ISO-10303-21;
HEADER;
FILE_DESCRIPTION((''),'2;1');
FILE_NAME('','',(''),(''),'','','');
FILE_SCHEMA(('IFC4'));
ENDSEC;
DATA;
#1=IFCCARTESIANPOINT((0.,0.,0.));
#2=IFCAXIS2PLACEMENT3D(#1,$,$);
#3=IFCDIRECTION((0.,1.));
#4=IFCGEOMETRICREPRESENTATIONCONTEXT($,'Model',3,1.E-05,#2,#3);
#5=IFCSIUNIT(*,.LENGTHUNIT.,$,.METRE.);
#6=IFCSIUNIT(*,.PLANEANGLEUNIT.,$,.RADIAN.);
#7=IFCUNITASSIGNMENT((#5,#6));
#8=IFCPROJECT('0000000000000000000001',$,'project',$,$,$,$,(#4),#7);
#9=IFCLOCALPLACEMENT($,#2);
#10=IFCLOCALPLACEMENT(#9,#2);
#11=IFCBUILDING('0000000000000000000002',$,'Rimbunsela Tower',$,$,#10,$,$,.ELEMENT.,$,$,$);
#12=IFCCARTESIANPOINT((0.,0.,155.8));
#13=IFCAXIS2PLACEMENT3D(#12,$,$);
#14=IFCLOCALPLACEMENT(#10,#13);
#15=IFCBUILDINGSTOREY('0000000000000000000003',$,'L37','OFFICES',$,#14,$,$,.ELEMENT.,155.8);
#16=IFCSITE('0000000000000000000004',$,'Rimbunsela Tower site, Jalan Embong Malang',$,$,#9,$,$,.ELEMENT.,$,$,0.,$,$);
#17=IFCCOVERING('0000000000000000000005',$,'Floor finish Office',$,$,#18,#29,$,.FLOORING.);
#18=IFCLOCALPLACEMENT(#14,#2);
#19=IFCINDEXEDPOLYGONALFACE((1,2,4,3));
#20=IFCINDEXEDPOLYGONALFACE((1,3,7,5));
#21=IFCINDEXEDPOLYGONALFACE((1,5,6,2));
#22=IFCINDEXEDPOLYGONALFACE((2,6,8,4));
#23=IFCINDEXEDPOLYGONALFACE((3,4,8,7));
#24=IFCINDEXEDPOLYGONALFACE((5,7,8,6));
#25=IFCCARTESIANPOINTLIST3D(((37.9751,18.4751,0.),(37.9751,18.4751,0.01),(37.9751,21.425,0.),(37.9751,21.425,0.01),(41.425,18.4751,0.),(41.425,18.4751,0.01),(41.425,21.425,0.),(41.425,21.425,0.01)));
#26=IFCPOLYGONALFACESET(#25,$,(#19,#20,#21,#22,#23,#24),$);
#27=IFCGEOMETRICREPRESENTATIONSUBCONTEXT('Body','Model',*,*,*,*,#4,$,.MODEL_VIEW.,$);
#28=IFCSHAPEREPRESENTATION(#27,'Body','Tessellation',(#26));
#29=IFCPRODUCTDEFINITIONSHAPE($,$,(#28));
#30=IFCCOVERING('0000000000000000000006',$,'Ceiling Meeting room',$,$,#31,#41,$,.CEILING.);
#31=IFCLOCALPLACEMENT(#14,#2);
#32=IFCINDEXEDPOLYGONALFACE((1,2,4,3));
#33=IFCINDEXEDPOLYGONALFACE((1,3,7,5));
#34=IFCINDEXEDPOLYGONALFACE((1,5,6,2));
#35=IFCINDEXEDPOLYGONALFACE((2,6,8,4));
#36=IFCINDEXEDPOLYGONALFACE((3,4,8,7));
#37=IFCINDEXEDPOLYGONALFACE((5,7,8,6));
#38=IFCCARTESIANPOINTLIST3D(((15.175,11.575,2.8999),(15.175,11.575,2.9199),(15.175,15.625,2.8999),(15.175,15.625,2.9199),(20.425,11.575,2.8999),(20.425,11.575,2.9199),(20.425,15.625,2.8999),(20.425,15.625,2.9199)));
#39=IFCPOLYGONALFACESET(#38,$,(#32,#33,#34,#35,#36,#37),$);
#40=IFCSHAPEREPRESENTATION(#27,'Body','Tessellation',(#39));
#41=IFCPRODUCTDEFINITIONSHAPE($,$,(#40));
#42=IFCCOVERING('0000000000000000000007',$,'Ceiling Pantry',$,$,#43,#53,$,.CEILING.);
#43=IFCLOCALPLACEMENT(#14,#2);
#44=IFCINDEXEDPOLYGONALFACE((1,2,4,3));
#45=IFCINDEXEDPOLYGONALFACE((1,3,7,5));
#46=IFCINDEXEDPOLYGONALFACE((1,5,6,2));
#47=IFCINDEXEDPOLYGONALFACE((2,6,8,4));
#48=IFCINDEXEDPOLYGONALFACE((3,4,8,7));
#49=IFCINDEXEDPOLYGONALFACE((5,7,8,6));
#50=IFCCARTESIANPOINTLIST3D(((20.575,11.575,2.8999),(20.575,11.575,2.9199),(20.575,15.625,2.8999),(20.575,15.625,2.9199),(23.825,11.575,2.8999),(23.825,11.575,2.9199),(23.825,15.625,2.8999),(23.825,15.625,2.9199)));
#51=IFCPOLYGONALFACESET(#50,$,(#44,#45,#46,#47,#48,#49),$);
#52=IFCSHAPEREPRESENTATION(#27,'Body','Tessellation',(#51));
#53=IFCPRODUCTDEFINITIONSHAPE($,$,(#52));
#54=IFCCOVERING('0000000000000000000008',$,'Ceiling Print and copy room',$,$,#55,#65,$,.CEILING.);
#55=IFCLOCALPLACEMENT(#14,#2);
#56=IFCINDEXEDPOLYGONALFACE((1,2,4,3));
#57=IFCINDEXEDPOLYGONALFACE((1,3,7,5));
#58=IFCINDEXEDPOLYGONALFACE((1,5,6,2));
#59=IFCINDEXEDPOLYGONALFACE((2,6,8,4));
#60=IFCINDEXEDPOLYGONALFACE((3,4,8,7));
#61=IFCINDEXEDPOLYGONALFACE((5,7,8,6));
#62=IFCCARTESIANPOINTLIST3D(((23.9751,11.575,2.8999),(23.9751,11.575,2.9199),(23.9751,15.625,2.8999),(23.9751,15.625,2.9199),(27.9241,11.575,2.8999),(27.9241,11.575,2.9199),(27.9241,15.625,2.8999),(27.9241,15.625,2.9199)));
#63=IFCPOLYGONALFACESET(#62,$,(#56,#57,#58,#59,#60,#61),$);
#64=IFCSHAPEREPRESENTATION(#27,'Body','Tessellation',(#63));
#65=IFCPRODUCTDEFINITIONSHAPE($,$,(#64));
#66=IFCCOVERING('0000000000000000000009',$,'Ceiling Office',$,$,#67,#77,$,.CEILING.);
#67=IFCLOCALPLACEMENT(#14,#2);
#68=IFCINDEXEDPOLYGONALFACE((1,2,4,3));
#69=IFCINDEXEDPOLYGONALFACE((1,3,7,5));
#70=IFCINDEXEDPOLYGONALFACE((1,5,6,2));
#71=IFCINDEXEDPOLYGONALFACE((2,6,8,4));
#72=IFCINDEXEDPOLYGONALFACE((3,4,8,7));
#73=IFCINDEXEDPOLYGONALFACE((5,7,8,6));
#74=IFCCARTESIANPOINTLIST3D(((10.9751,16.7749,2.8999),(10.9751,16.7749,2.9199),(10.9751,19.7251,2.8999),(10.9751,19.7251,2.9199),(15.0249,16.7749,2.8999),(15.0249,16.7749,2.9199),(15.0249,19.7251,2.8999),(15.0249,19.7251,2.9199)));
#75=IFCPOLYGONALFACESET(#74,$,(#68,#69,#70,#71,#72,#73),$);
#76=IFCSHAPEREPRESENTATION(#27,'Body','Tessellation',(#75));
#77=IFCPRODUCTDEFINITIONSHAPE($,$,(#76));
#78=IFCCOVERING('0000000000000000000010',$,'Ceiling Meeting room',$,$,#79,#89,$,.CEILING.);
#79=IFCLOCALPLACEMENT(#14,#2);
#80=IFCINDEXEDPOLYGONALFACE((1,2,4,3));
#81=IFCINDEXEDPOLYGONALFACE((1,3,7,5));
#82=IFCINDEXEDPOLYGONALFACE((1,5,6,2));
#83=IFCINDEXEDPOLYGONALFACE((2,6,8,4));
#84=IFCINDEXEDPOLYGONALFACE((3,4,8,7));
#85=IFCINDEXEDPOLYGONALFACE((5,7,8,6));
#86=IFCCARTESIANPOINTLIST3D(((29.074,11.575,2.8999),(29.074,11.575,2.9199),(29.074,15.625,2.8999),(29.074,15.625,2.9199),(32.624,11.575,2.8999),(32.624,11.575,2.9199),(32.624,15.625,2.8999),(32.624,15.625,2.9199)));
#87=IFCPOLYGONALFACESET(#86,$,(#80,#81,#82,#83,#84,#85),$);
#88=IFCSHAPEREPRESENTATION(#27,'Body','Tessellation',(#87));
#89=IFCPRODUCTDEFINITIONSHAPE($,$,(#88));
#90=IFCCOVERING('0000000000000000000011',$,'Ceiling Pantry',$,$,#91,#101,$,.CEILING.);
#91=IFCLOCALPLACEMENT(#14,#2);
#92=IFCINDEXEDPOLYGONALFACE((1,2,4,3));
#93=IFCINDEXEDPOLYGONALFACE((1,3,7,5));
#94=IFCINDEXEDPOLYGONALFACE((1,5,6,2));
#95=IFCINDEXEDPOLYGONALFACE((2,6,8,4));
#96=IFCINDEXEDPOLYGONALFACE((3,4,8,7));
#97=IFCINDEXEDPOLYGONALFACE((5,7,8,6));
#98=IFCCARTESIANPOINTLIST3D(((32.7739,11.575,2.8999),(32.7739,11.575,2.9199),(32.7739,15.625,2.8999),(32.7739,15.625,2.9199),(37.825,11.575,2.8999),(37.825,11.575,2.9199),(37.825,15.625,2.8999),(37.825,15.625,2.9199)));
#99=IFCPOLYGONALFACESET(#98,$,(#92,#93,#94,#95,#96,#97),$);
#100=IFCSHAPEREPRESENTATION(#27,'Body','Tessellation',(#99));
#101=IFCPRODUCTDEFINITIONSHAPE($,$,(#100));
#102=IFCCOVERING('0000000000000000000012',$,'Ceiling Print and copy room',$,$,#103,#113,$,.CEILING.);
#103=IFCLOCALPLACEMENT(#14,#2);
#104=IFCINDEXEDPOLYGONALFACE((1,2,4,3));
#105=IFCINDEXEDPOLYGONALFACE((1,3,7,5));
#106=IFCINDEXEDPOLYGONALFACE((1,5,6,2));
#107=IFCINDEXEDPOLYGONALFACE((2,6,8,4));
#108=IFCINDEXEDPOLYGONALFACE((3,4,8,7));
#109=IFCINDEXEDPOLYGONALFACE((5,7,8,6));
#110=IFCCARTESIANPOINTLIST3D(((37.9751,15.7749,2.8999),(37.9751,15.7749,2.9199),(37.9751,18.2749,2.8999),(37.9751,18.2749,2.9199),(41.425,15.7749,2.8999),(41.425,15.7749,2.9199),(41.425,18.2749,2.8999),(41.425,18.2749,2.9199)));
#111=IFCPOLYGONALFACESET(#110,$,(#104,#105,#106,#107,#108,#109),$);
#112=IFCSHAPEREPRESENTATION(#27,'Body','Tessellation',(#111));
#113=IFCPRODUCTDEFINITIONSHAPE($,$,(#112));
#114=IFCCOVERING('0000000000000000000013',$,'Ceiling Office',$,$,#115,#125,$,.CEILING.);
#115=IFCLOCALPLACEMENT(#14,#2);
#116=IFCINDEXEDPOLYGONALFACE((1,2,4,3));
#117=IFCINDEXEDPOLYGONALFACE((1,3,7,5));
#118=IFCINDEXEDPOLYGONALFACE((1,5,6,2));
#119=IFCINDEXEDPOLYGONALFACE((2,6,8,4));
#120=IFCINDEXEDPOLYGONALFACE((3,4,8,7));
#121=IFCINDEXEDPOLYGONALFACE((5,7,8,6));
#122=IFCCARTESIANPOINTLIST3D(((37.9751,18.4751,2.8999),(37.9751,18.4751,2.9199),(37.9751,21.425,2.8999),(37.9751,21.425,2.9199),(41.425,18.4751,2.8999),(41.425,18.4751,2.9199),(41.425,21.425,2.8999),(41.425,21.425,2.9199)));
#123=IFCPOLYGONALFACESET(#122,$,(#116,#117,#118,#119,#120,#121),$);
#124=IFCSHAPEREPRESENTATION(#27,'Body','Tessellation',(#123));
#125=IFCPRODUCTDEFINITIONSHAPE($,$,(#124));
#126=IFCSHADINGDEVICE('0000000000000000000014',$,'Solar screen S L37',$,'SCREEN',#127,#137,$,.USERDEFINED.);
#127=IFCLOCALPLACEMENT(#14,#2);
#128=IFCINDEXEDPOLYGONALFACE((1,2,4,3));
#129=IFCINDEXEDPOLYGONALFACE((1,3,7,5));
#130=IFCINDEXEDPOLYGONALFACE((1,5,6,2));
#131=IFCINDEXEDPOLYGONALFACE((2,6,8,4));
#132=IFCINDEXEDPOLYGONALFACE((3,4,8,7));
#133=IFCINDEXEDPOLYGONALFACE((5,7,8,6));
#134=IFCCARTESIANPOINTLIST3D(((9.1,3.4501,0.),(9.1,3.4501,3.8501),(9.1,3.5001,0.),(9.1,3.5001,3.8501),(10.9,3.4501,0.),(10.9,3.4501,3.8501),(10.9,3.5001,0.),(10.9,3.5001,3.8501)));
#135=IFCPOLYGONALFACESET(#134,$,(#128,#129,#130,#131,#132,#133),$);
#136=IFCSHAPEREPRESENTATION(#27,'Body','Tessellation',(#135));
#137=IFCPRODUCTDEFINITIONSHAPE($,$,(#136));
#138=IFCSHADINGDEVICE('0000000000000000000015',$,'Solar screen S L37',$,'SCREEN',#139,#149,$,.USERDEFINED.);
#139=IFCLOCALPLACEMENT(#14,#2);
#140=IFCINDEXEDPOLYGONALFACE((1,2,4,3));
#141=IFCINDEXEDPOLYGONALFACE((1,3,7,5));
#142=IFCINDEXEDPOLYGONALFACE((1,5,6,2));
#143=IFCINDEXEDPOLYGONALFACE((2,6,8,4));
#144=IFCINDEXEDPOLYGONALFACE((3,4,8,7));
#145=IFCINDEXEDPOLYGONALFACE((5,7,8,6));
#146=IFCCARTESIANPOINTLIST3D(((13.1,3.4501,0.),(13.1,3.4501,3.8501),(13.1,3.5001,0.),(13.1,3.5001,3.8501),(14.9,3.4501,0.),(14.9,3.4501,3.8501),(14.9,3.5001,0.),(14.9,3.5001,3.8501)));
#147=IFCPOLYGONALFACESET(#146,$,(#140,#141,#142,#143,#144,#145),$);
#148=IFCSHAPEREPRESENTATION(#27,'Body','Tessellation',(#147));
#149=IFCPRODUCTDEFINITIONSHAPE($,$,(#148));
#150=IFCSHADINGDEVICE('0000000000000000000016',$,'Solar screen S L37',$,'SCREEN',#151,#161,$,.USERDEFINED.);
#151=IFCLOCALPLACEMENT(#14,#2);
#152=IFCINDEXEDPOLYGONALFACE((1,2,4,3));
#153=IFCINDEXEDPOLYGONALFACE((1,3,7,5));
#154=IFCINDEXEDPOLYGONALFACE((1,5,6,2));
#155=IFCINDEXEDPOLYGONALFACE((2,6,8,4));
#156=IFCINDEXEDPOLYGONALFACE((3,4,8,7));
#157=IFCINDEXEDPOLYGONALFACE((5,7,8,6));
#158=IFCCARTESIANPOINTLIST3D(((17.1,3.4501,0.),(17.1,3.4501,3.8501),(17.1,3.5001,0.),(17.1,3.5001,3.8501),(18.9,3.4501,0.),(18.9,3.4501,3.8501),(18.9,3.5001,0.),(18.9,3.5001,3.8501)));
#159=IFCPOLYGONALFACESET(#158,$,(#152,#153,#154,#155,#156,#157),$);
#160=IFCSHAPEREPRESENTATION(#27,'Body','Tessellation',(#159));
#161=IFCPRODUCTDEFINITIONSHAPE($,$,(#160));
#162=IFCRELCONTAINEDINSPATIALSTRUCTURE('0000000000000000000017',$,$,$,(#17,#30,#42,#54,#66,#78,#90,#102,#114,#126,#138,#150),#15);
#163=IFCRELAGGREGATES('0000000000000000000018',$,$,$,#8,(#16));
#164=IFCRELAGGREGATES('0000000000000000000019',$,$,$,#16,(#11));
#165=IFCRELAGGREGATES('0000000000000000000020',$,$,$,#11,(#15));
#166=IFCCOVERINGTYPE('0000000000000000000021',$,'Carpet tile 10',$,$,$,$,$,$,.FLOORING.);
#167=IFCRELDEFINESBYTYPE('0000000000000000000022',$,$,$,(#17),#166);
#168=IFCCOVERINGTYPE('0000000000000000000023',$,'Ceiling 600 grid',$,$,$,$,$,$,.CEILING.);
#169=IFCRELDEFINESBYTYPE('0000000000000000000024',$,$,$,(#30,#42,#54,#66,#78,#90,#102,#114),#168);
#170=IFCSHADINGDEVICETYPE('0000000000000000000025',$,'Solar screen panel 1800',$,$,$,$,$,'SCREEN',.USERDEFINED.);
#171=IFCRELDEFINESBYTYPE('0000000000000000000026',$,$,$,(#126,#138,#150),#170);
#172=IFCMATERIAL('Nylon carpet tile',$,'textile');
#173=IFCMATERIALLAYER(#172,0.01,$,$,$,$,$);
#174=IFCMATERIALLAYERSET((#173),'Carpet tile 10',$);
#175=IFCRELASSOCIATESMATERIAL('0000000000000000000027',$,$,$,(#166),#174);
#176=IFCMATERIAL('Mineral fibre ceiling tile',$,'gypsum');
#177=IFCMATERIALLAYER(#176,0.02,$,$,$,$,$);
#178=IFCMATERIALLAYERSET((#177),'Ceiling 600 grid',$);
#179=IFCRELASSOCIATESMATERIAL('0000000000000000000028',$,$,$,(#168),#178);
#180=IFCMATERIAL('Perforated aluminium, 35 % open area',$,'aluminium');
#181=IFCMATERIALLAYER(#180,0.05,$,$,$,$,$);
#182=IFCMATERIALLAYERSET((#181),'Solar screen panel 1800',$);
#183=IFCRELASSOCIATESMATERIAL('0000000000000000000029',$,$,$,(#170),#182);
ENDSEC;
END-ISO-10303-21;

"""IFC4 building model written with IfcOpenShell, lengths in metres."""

from ifc_helpers import new_model, si_unit, direction, frame, origin, origin_2d, place, context, subcontext, project, spatial, polyline, rectangle, outline, extrude, material, layer, layer_set, type_object, element, save


model = new_model("IFC4")

# Units and contexts
model_context = context("Model", 3, precision=1e-05, world=origin(), true_north=direction((0.0, 1.0)))
body_context = subcontext(model_context, "Body", "Model", "MODEL_VIEW")
ifc_project = project(units=[si_unit("LENGTHUNIT", "METRE"), si_unit("PLANEANGLEUNIT", "RADIAN")], contexts=[model_context])

# Site, building, storey
site_placement = place(None, origin())
site = spatial("IfcSite", under=ifc_project, at=site_placement, Name="Rimbunsela Tower site, Jalan Embong Malang", CompositionType="ELEMENT", RefElevation=0.0)
building_placement = place(site_placement, origin())
building = spatial("IfcBuilding", under=site, at=building_placement, Name="Rimbunsela Tower", CompositionType="ELEMENT")
storey_placement = place(building_placement, frame((0.0, 0.0, 155.8)))
storey = spatial("IfcBuildingStorey", under=building, at=storey_placement, Name="L37", Description="OFFICES", CompositionType="ELEMENT", Elevation=155.8)

# Coverings
ifc_material_1 = material(Name="Nylon carpet tile", Category="textile")
ifc_layer_1 = layer(ifc_material_1, 0.01)
ifc_layer_set_1 = layer_set([ifc_layer_1], Name="Carpet tile 10")
covering_type_1 = type_object("IfcCoveringType", Name="Carpet tile 10", PredefinedType="FLOORING", material=ifc_layer_set_1)
covering_1_placement = place(storey_placement, origin())
element("IfcCovering", 1, at=covering_1_placement, inside=storey, type_object=covering_type_1, Name="Floor finish Office", PredefinedType="FLOORING", context=body_context, shape_type="SweptSolid", body=[
    extrude(outline(polyline([(41.425, 18.4751), (41.425, 21.425), (37.9751, 21.425), (37.9751, 18.4751), (41.425, 18.4751)])), origin(), (0.0, 0.0, 1.0), 0.01),
])
ifc_material_2 = material(Name="Mineral fibre ceiling tile", Category="gypsum")
ifc_layer_2 = layer(ifc_material_2, 0.02)
ifc_layer_set_2 = layer_set([ifc_layer_2], Name="Ceiling 600 grid")
covering_type_2 = type_object("IfcCoveringType", Name="Ceiling 600 grid", PredefinedType="CEILING", material=ifc_layer_set_2)
covering_2_placement = place(storey_placement, frame((0.0, 0.0, 2.8999)))
element("IfcCovering", 2, at=covering_2_placement, inside=storey, type_object=covering_type_2, Name="Ceiling Meeting room", PredefinedType="CEILING", context=body_context, shape_type="SweptSolid", body=[
    extrude(outline(polyline([(20.425, 11.575), (20.425, 15.625), (15.175, 15.625), (15.175, 11.575), (20.425, 11.575)])), origin(), (0.0, 0.0, 1.0), 0.02),
])
covering_3_placement = place(storey_placement, frame((0.0, 0.0, 2.8999)))
element("IfcCovering", 3, at=covering_3_placement, inside=storey, type_object=covering_type_2, Name="Ceiling Pantry", PredefinedType="CEILING", context=body_context, shape_type="SweptSolid", body=[
    extrude(outline(polyline([(23.825, 11.575), (23.825, 15.625), (20.575, 15.625), (20.575, 11.575), (23.825, 11.575)])), origin(), (0.0, 0.0, 1.0), 0.02),
])
covering_4_placement = place(storey_placement, frame((0.0, 0.0, 2.8999)))
element("IfcCovering", 4, at=covering_4_placement, inside=storey, type_object=covering_type_2, Name="Ceiling Print and copy room", PredefinedType="CEILING", context=body_context, shape_type="SweptSolid", body=[
    extrude(outline(polyline([(27.9241, 11.575), (27.9241, 15.625), (23.9751, 15.625), (23.9751, 11.575), (27.9241, 11.575)])), origin(), (0.0, 0.0, 1.0), 0.02),
])
covering_5_placement = place(storey_placement, frame((0.0, 0.0, 2.8999)))
element("IfcCovering", 5, at=covering_5_placement, inside=storey, type_object=covering_type_2, Name="Ceiling Office", PredefinedType="CEILING", context=body_context, shape_type="SweptSolid", body=[
    extrude(outline(polyline([(15.0249, 16.7749), (15.0249, 19.7251), (10.9751, 19.7251), (10.9751, 16.7749), (15.0249, 16.7749)])), origin(), (0.0, 0.0, 1.0), 0.02),
])
covering_6_placement = place(storey_placement, frame((0.0, 0.0, 2.8999)))
element("IfcCovering", 6, at=covering_6_placement, inside=storey, type_object=covering_type_2, Name="Ceiling Meeting room", PredefinedType="CEILING", context=body_context, shape_type="SweptSolid", body=[
    extrude(outline(polyline([(32.624, 11.575), (32.624, 15.625), (29.074, 15.625), (29.074, 11.575), (32.624, 11.575)])), origin(), (0.0, 0.0, 1.0), 0.02),
])
covering_7_placement = place(storey_placement, frame((0.0, 0.0, 2.8999)))
element("IfcCovering", 7, at=covering_7_placement, inside=storey, type_object=covering_type_2, Name="Ceiling Pantry", PredefinedType="CEILING", context=body_context, shape_type="SweptSolid", body=[
    extrude(outline(polyline([(37.825, 11.575), (37.825, 15.625), (32.7739, 15.625), (32.7739, 11.575), (37.825, 11.575)])), origin(), (0.0, 0.0, 1.0), 0.02),
])
covering_8_placement = place(storey_placement, frame((0.0, 0.0, 2.8999)))
element("IfcCovering", 8, at=covering_8_placement, inside=storey, type_object=covering_type_2, Name="Ceiling Print and copy room", PredefinedType="CEILING", context=body_context, shape_type="SweptSolid", body=[
    extrude(outline(polyline([(41.425, 15.7749), (41.425, 18.2749), (37.9751, 18.2749), (37.9751, 15.7749), (41.425, 15.7749)])), origin(), (0.0, 0.0, 1.0), 0.02),
])
covering_9_placement = place(storey_placement, frame((0.0, 0.0, 2.8999)))
element("IfcCovering", 9, at=covering_9_placement, inside=storey, type_object=covering_type_2, Name="Ceiling Office", PredefinedType="CEILING", context=body_context, shape_type="SweptSolid", body=[
    extrude(outline(polyline([(41.425, 18.4751), (41.425, 21.425), (37.9751, 21.425), (37.9751, 18.4751), (41.425, 18.4751)])), origin(), (0.0, 0.0, 1.0), 0.02),
])

# Shading devices
ifc_material_3 = material(Name="Perforated aluminium, 35 % open area", Category="aluminium")
ifc_layer_3 = layer(ifc_material_3, 0.05)
ifc_layer_set_3 = layer_set([ifc_layer_3], Name="Solar screen panel 1800")
shading_device_type = type_object("IfcShadingDeviceType", Name="Solar screen panel 1800", ElementType="SCREEN", PredefinedType="USERDEFINED", material=ifc_layer_set_3)
for number, where, z_axis, x_axis, name in (
    (10, (10.0, 3.4751, 0.0), (0.0, 0.0, 1.0), (1.0, 0.0, 0.0), "Solar screen S L37"),
    (11, (14.0, 3.4751, 0.0), (0.0, 0.0, 1.0), (1.0, 0.0, 0.0), "Solar screen S L37"),
    (12, (18.0, 3.4751, 0.0), (0.0, 0.0, 1.0), (1.0, 0.0, 0.0), "Solar screen S L37"),
):
    element("IfcShadingDevice", number, at=place(storey_placement, frame(where, z_axis=z_axis, x_axis=x_axis)), inside=storey, type_object=shading_device_type, Name=name, ObjectType="SCREEN", PredefinedType="USERDEFINED", context=body_context, shape_type="SweptSolid", body=[
        extrude(rectangle(XDim=1.8, YDim=0.05, at=origin_2d()), origin(), (0.0, 0.0, 1.0), 3.8501),
    ])

save(model, "model.ifc")
